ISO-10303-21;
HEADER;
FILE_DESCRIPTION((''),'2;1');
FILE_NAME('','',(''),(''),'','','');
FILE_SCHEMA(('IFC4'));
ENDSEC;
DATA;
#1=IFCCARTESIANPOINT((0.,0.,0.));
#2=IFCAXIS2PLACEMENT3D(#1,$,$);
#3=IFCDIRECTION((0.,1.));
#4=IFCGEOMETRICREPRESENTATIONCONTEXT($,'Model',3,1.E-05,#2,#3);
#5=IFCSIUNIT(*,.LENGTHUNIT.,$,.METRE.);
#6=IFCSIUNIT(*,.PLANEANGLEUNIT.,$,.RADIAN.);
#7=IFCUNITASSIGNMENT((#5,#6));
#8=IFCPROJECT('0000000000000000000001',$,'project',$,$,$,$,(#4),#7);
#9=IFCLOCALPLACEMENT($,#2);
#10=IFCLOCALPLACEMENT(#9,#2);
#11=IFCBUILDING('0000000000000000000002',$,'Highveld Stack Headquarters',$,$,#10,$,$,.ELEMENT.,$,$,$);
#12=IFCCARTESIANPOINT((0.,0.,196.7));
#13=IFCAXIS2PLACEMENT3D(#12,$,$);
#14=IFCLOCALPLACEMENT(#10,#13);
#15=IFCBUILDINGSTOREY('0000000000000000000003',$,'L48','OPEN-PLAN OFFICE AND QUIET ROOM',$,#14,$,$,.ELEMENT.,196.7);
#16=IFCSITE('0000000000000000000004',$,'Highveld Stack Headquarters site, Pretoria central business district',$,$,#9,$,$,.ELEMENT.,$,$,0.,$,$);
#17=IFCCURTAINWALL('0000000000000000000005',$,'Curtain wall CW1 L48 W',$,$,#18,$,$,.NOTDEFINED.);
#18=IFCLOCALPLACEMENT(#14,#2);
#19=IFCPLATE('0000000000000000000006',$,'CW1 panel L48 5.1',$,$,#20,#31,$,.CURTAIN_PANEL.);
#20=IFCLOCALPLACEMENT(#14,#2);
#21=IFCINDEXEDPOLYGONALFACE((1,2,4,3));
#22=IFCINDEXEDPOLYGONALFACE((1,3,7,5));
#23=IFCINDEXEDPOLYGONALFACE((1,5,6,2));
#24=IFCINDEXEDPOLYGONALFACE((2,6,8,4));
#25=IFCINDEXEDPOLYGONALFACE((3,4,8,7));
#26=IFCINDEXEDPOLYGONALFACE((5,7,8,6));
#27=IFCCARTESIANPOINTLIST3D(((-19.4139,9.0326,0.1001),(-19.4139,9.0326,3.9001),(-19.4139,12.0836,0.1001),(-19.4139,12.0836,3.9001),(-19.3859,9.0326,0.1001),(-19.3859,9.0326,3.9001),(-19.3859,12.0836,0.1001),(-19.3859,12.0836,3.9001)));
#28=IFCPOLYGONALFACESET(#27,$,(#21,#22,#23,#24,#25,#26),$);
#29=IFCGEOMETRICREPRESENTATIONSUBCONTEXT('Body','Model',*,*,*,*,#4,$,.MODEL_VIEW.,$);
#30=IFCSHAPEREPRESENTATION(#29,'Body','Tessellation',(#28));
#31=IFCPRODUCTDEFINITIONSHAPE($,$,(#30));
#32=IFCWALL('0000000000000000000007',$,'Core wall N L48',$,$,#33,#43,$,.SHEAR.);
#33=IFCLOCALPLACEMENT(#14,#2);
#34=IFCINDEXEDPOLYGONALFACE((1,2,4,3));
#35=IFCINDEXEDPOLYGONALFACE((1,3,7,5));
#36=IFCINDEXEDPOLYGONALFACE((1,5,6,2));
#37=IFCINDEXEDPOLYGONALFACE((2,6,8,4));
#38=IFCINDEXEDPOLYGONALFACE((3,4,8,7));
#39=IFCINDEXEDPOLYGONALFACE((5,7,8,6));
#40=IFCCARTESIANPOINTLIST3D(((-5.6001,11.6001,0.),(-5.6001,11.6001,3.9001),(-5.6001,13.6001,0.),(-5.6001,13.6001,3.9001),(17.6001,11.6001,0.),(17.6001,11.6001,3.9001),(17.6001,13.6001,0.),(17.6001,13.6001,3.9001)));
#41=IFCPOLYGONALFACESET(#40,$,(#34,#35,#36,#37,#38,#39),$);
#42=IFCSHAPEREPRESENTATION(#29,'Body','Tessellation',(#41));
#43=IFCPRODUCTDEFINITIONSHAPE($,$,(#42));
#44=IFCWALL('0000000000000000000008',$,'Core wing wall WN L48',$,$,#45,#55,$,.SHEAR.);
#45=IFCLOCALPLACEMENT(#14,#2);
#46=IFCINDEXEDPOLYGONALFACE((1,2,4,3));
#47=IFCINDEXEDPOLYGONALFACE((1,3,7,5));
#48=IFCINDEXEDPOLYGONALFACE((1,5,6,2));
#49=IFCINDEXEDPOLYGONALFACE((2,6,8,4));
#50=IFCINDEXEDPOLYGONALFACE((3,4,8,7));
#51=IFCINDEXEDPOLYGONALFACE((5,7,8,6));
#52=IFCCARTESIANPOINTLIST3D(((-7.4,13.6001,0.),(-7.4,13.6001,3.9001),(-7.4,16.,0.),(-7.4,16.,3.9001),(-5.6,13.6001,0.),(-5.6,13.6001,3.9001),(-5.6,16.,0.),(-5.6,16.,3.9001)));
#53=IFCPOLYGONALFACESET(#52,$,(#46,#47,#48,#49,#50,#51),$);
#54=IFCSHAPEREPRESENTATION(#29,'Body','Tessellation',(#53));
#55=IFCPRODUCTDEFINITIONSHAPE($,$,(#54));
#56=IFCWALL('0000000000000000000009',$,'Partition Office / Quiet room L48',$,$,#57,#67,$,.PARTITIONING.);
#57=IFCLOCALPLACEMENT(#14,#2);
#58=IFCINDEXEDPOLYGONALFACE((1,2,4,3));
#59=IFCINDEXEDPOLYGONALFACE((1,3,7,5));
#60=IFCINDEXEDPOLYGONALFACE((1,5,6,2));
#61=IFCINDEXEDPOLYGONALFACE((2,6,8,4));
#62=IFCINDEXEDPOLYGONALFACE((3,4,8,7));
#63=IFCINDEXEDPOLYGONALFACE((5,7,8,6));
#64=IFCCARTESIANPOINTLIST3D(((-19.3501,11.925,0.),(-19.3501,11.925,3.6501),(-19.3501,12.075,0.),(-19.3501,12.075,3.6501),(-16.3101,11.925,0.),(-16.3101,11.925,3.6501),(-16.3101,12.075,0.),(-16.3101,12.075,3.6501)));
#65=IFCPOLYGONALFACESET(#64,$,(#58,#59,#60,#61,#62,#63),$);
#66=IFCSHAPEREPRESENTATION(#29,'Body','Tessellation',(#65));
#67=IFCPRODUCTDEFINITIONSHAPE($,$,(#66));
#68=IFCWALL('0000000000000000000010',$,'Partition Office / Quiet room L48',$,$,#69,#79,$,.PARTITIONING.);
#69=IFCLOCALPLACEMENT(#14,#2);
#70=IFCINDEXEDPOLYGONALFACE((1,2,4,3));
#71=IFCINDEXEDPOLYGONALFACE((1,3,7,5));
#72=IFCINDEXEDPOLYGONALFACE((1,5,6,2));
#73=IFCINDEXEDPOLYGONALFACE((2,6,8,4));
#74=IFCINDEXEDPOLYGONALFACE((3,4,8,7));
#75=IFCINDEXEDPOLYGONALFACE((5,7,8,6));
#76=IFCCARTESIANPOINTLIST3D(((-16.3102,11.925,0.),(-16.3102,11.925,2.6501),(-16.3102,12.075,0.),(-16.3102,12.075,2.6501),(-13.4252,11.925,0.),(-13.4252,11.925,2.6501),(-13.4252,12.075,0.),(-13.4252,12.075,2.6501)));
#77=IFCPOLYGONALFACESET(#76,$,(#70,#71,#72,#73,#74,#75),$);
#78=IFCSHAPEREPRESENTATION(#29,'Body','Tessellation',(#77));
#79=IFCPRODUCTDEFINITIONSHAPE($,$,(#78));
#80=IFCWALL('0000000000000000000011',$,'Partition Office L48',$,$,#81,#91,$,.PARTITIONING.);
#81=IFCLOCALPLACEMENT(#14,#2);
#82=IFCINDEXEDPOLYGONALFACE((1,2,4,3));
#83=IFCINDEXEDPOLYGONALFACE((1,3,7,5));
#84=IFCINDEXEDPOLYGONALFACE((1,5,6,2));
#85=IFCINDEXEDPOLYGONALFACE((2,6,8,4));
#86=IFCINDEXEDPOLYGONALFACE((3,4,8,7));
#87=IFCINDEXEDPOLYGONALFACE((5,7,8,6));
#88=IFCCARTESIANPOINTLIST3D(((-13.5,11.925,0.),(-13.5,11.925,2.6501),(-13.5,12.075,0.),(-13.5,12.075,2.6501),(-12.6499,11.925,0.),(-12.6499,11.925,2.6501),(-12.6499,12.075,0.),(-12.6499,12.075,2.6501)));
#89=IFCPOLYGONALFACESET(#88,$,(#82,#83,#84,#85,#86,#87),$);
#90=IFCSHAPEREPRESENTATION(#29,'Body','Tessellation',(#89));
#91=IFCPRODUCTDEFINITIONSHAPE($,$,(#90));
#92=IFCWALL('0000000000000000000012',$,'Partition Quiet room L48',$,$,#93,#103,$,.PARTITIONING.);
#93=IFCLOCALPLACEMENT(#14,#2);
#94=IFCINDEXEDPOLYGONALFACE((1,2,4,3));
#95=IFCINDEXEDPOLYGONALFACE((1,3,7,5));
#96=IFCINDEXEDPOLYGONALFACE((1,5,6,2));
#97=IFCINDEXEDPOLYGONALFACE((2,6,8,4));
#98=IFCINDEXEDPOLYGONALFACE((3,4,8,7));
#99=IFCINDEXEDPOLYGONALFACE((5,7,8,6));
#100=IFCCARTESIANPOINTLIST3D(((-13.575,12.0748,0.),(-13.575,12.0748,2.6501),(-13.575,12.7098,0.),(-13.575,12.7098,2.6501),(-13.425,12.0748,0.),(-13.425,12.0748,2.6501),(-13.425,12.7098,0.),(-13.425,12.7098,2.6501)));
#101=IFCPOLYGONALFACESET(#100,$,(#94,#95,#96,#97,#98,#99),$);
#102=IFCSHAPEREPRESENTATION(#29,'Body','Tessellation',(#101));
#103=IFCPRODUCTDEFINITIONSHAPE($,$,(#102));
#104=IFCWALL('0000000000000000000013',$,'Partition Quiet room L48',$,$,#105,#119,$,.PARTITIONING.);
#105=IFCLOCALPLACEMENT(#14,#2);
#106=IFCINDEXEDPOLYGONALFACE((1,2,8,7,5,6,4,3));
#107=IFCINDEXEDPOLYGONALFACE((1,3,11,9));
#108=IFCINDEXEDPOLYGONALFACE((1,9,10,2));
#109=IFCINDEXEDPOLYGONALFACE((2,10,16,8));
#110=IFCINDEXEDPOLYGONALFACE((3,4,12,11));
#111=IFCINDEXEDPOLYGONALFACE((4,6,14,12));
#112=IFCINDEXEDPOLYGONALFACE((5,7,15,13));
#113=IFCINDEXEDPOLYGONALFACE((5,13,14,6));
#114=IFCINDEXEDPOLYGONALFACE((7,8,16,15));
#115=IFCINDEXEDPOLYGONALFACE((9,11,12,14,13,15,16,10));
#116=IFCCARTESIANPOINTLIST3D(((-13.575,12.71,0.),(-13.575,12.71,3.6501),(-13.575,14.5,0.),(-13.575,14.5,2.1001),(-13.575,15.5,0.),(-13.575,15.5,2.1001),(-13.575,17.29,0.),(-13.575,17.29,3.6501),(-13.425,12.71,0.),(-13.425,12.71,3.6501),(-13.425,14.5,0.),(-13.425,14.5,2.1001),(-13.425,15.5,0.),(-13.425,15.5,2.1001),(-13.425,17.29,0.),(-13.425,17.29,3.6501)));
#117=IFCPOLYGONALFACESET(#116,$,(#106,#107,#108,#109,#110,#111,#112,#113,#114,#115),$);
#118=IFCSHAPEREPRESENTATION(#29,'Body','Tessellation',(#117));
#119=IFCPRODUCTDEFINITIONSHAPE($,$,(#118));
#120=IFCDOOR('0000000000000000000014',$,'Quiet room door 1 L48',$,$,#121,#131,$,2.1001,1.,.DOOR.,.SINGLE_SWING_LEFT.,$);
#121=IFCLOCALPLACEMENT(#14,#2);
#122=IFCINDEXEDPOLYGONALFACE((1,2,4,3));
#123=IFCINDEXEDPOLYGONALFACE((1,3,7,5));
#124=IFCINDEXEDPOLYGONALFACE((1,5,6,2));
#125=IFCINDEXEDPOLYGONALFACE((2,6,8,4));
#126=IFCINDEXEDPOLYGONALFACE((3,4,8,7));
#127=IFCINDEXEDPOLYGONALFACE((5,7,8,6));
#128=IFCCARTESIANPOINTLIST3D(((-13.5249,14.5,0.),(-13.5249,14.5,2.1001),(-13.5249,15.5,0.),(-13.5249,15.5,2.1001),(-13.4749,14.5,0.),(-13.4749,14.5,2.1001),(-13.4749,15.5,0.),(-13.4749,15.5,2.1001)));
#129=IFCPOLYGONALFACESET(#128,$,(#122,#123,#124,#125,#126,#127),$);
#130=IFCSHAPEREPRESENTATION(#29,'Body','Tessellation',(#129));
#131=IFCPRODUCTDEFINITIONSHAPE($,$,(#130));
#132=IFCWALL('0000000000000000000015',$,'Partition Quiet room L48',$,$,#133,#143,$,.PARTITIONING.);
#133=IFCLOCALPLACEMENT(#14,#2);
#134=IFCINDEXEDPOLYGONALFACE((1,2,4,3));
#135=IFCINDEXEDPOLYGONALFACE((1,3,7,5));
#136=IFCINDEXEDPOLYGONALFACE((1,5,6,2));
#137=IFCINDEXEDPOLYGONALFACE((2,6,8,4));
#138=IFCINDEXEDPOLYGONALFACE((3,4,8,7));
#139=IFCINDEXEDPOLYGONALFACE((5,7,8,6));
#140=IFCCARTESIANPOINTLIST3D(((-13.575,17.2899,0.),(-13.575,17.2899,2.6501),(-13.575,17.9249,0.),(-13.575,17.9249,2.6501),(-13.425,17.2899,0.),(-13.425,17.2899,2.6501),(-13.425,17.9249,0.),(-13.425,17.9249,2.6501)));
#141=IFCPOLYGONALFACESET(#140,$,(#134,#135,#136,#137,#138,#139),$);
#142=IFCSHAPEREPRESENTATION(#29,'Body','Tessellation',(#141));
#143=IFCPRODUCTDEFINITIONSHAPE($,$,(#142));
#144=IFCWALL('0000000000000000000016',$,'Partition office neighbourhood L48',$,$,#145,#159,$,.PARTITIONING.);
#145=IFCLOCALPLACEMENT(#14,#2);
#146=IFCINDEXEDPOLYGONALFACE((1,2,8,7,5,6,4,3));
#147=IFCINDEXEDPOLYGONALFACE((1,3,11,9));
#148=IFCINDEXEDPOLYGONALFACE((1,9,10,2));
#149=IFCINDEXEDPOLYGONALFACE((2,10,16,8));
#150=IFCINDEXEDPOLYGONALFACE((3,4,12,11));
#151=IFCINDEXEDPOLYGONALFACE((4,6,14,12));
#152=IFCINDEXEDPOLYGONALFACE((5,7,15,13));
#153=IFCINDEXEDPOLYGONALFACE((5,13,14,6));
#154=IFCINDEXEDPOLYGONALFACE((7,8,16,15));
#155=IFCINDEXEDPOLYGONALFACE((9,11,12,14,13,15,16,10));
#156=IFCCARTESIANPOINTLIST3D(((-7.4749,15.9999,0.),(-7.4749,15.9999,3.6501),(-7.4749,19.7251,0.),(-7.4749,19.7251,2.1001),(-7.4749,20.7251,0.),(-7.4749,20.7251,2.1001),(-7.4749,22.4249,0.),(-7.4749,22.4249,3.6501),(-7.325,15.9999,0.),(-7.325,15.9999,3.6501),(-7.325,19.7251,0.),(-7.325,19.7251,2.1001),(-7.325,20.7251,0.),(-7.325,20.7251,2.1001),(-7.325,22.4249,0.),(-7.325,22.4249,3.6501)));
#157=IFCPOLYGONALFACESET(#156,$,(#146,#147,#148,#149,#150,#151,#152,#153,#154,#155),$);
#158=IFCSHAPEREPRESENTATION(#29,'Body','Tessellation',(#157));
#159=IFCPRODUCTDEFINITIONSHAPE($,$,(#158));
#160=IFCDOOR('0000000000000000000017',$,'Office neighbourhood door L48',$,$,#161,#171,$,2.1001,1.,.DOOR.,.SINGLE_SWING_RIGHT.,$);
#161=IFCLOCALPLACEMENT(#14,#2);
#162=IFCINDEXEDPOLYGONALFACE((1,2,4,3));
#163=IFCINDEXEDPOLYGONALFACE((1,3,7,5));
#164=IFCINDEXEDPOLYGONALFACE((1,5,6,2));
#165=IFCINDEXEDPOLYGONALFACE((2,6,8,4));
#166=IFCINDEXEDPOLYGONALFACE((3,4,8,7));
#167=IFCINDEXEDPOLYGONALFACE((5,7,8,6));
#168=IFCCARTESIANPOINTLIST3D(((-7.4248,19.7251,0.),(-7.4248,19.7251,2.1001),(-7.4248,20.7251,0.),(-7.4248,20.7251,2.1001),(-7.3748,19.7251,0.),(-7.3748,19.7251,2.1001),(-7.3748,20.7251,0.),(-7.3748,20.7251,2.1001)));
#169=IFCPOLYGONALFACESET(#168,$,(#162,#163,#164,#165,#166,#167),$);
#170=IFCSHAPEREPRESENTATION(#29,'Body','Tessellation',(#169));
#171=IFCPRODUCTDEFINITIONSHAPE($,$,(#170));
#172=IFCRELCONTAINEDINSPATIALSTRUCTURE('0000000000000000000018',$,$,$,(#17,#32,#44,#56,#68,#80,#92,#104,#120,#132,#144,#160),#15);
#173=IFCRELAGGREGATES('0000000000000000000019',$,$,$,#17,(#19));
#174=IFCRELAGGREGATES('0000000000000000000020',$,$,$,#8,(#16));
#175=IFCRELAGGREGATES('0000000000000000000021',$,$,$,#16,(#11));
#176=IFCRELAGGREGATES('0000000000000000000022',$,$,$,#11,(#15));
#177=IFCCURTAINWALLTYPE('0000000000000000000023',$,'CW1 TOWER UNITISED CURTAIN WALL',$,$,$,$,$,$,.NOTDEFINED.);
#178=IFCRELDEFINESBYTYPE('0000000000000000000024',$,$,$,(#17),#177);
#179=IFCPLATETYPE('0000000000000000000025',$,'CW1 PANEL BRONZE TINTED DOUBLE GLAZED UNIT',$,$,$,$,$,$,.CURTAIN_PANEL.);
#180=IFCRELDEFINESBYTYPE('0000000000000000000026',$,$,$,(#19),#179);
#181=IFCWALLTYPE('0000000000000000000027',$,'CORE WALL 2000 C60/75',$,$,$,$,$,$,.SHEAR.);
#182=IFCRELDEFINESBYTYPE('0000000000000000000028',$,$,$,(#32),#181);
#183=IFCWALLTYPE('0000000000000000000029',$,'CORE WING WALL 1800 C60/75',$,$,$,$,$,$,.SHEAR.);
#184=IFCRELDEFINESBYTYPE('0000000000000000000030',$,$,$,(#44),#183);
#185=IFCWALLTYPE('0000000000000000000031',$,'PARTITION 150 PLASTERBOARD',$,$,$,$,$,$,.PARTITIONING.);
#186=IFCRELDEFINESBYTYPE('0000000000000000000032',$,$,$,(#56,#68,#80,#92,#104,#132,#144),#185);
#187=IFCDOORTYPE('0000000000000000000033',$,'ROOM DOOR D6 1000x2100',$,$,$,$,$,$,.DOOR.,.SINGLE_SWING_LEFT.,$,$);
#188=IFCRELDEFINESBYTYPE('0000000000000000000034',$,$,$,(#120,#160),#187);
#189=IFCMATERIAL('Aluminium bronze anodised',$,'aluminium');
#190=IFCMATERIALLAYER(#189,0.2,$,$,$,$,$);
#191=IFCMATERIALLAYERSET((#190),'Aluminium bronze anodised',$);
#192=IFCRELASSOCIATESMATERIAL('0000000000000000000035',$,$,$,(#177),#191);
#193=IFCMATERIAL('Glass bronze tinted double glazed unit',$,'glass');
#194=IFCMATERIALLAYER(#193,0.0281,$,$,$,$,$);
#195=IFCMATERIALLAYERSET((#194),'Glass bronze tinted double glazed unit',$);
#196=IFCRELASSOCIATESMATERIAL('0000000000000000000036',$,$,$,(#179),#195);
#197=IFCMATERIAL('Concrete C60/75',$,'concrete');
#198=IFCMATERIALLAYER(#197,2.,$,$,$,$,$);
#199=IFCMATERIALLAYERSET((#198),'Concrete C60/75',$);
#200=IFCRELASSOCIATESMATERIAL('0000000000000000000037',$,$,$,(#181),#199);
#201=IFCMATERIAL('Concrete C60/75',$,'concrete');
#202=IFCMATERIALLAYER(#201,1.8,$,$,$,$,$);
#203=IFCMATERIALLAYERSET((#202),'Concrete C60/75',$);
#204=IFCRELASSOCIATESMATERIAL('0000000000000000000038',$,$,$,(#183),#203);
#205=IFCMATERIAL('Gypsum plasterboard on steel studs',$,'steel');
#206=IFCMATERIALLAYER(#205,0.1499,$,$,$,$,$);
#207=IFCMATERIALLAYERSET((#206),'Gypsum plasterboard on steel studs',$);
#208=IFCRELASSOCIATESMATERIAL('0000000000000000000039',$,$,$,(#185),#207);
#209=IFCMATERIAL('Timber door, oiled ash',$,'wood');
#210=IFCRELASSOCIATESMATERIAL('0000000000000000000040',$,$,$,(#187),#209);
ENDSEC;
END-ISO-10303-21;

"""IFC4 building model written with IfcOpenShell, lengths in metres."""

from ifc_helpers import new_model, si_unit, direction, frame, frame_2d, origin, origin_2d, place, context, subcontext, project, spatial, rectangle, extrude, material, layer, layer_set, type_object, element, fill, aggregate, save


model = new_model("IFC4")

# Units and contexts
model_context = context("Model", 3, precision=1e-05, world=origin(), true_north=direction((0.0, 1.0)))
body_context = subcontext(model_context, "Body", "Model", "MODEL_VIEW")
ifc_project = project(units=[si_unit("LENGTHUNIT", "METRE"), si_unit("PLANEANGLEUNIT", "RADIAN")], contexts=[model_context])

# Site, building, storey
site_placement = place(None, origin())
site = spatial("IfcSite", under=ifc_project, at=site_placement, Name="Highveld Stack Headquarters site, Pretoria central business district", CompositionType="ELEMENT", RefElevation=0.0)
building_placement = place(site_placement, origin())
building = spatial("IfcBuilding", under=site, at=building_placement, Name="Highveld Stack Headquarters", CompositionType="ELEMENT")
storey_placement = place(building_placement, frame((0.0, 0.0, 196.7)))
storey = spatial("IfcBuildingStorey", under=building, at=storey_placement, Name="L48", Description="OPEN-PLAN OFFICE AND QUIET ROOM", CompositionType="ELEMENT", Elevation=196.7)

# Curtain wall
ifc_material_1 = material(Name="Aluminium bronze anodised", Category="aluminium")
ifc_layer_1 = layer(ifc_material_1, 0.2)
ifc_layer_set_1 = layer_set([ifc_layer_1], Name="Aluminium bronze anodised")
curtain_wall_type = type_object("IfcCurtainWallType", Name="CW1 TOWER UNITISED CURTAIN WALL", PredefinedType="NOTDEFINED", material=ifc_layer_set_1)
curtain_wall_placement = place(storey_placement, origin())
curtain_wall = element("IfcCurtainWall", 1, at=curtain_wall_placement, inside=storey, type_object=curtain_wall_type, Name="Curtain wall CW1 L48 W", PredefinedType="NOTDEFINED")

# Plate
ifc_material_2 = material(Name="Glass bronze tinted double glazed unit", Category="glass")
ifc_layer_2 = layer(ifc_material_2, 0.0281)
ifc_layer_set_2 = layer_set([ifc_layer_2], Name="Glass bronze tinted double glazed unit")
plate_type = type_object("IfcPlateType", Name="CW1 PANEL BRONZE TINTED DOUBLE GLAZED UNIT", PredefinedType="CURTAIN_PANEL", material=ifc_layer_set_2)
plate_1_placement = place(storey_placement, frame((-19.3999, 10.5581, 0.1001), z_axis=(0.0, 0.0, 1.0), x_axis=(0.0, -1.0, 0.0)))
plate_1 = element("IfcPlate", 2, at=plate_1_placement, type_object=plate_type, Name="CW1 panel L48 5.1", PredefinedType="CURTAIN_PANEL", context=body_context, shape_type="SweptSolid", body=[
    extrude(rectangle(XDim=3.051, YDim=0.0281, at=origin_2d()), origin(), (0.0, 0.0, 1.0), 3.8),
])
aggregate(curtain_wall, [plate_1])

# Walls
ifc_material_3 = material(Name="Concrete C60/75", Category="concrete")
ifc_layer_3 = layer(ifc_material_3, 2.0)
ifc_layer_set_3 = layer_set([ifc_layer_3], Name="Concrete C60/75")
wall_type_1 = type_object("IfcWallType", Name="CORE WALL 2000 C60/75", PredefinedType="SHEAR", material=ifc_layer_set_3)
wall_1_placement = place(storey_placement, frame((-5.6001, 12.6001, 0.0), z_axis=(0.0, 0.0, 1.0), x_axis=(1.0, 0.0, 0.0)))
element("IfcWall", 3, at=wall_1_placement, inside=storey, type_object=wall_type_1, Name="Core wall N L48", PredefinedType="SHEAR", context=body_context, shape_type="SweptSolid", body=[
    extrude(rectangle(XDim=23.2002, YDim=2.0, at=frame_2d((11.6001, 0.0))), origin(), (0.0, 0.0, 1.0), 3.9001),
])
ifc_material_4 = material(Name="Concrete C60/75", Category="concrete")
ifc_layer_4 = layer(ifc_material_4, 1.8)
ifc_layer_set_4 = layer_set([ifc_layer_4], Name="Concrete C60/75")
wall_type_2 = type_object("IfcWallType", Name="CORE WING WALL 1800 C60/75", PredefinedType="SHEAR", material=ifc_layer_set_4)
wall_2_placement = place(storey_placement, frame((-6.5, 13.6001, 0.0), z_axis=(0.0, 0.0, 1.0), x_axis=(0.0, 1.0, 0.0)))
element("IfcWall", 4, at=wall_2_placement, inside=storey, type_object=wall_type_2, Name="Core wing wall WN L48", PredefinedType="SHEAR", context=body_context, shape_type="SweptSolid", body=[
    extrude(rectangle(XDim=2.3999, YDim=1.8, at=frame_2d((1.2, 0.0))), origin(), (0.0, 0.0, 1.0), 3.9001),
])
ifc_material_5 = material(Name="Gypsum plasterboard on steel studs", Category="steel")
ifc_layer_5 = layer(ifc_material_5, 0.1499)
ifc_layer_set_5 = layer_set([ifc_layer_5], Name="Gypsum plasterboard on steel studs")
wall_type_3 = type_object("IfcWallType", Name="PARTITION 150 PLASTERBOARD", PredefinedType="PARTITIONING", material=ifc_layer_set_5)
wall_3_placement = place(storey_placement, frame((-19.3501, 12.0, 0.0), z_axis=(0.0, 0.0, 1.0), x_axis=(1.0, 0.0, 0.0)))
element("IfcWall", 5, at=wall_3_placement, inside=storey, type_object=wall_type_3, Name="Partition Office / Quiet room L48", PredefinedType="PARTITIONING", context=body_context, shape_type="SweptSolid", body=[
    extrude(rectangle(XDim=3.04, YDim=0.1499, at=frame_2d((1.52, 0.0))), origin(), (0.0, 0.0, 1.0), 3.6501),
])
wall_4_placement = place(storey_placement, frame((-16.3101, 12.0, 0.0), z_axis=(0.0, 0.0, 1.0), x_axis=(1.0, 0.0, 0.0)))
element("IfcWall", 6, at=wall_4_placement, inside=storey, type_object=wall_type_3, Name="Partition Office / Quiet room L48", PredefinedType="PARTITIONING", context=body_context, shape_type="SweptSolid", body=[
    extrude(rectangle(XDim=2.885, YDim=0.1499, at=frame_2d((1.4424, 0.0))), origin(), (0.0, 0.0, 1.0), 2.6501),
])
wall_5_placement = place(storey_placement, frame((-13.5, 12.0, 0.0), z_axis=(0.0, 0.0, 1.0), x_axis=(1.0, 0.0, 0.0)))
element("IfcWall", 7, at=wall_5_placement, inside=storey, type_object=wall_type_3, Name="Partition Office L48", PredefinedType="PARTITIONING", context=body_context, shape_type="SweptSolid", body=[
    extrude(rectangle(XDim=0.8501, YDim=0.1499, at=frame_2d((0.425, 0.0))), origin(), (0.0, 0.0, 1.0), 2.6501),
])
wall_6_placement = place(storey_placement, frame((-13.5, 12.075, 0.0), z_axis=(0.0, 0.0, 1.0), x_axis=(0.0, 1.0, 0.0)))
element("IfcWall", 8, at=wall_6_placement, inside=storey, type_object=wall_type_3, Name="Partition Quiet room L48", PredefinedType="PARTITIONING", context=body_context, shape_type="SweptSolid", body=[
    extrude(rectangle(XDim=0.635, YDim=0.1499, at=frame_2d((0.3174, 0.0))), origin(), (0.0, 0.0, 1.0), 2.6501),
])

# Wall, opening, door
wall_7_placement = place(storey_placement, frame((-13.5, 12.71, 0.0), z_axis=(0.0, 0.0, 1.0), x_axis=(0.0, 1.0, 0.0)))
wall_7 = element("IfcWall", 9, at=wall_7_placement, inside=storey, type_object=wall_type_3, Name="Partition Quiet room L48", PredefinedType="PARTITIONING", context=body_context, shape_type="SweptSolid", body=[
    extrude(rectangle(XDim=4.5801, YDim=0.1499, at=frame_2d((2.29, 0.0))), origin(), (0.0, 0.0, 1.0), 3.6501),
])
opening_1_placement = place(wall_7_placement, frame((1.79, 0.0, 0.0)))
opening_1 = element("IfcOpeningElement", 10, at=opening_1_placement, cuts=wall_7, PredefinedType="OPENING", context=body_context, shape_type="SweptSolid", body=[
    extrude(rectangle(XDim=1.0, YDim=2.1001, at=frame_2d((0.5, 1.05))), frame((0.0, 0.085, 0.0), z_axis=(0.0, -1.0, 0.0), x_axis=(1.0, 0.0, 0.0)), (0.0, 0.0, 1.0), 0.1699),
])
ifc_material_6 = material(Name="Timber door, oiled ash", Category="wood")
door_type = type_object("IfcDoorType", Name="ROOM DOOR D6 1000x2100", OperationType="SINGLE_SWING_LEFT", PredefinedType="DOOR", material=ifc_material_6)
door_1_placement = place(opening_1_placement, origin())
door_1 = element("IfcDoor", 11, at=door_1_placement, inside=storey, type_object=door_type, Name="Quiet room door 1 L48", OperationType="SINGLE_SWING_LEFT", OverallHeight=2.1001, OverallWidth=1.0, PredefinedType="DOOR", context=body_context, shape_type="SweptSolid", body=[
    extrude(rectangle(XDim=1.0, YDim=2.1001, at=frame_2d((0.5, 1.05))), frame((0.0, 0.0249, 0.0), z_axis=(0.0, -1.0, 0.0), x_axis=(1.0, 0.0, 0.0)), (0.0, 0.0, 1.0), 0.05),
])
fill(opening_1, door_1)

# Wall
wall_8_placement = place(storey_placement, frame((-13.5, 17.29, 0.0), z_axis=(0.0, 0.0, 1.0), x_axis=(0.0, 1.0, 0.0)))
element("IfcWall", 12, at=wall_8_placement, inside=storey, type_object=wall_type_3, Name="Partition Quiet room L48", PredefinedType="PARTITIONING", context=body_context, shape_type="SweptSolid", body=[
    extrude(rectangle(XDim=0.635, YDim=0.1499, at=frame_2d((0.3174, 0.0))), origin(), (0.0, 0.0, 1.0), 2.6501),
])

# Wall, opening, door
wall_9_placement = place(storey_placement, frame((-7.3999, 16.0, 0.0), z_axis=(0.0, 0.0, 1.0), x_axis=(0.0, 1.0, 0.0)))
wall_9 = element("IfcWall", 13, at=wall_9_placement, inside=storey, type_object=wall_type_3, Name="Partition office neighbourhood L48", PredefinedType="PARTITIONING", context=body_context, shape_type="SweptSolid", body=[
    extrude(rectangle(XDim=6.425, YDim=0.1499, at=frame_2d((3.2124, 0.0))), origin(), (0.0, 0.0, 1.0), 3.6501),
])
opening_2_placement = place(wall_9_placement, frame((3.7251, 0.0, 0.0)))
opening_2 = element("IfcOpeningElement", 14, at=opening_2_placement, cuts=wall_9, PredefinedType="OPENING", context=body_context, shape_type="SweptSolid", body=[
    extrude(rectangle(XDim=1.0, YDim=2.1001, at=frame_2d((0.5, 1.05))), frame((0.0, 0.085, 0.0), z_axis=(0.0, -1.0, 0.0), x_axis=(1.0, 0.0, 0.0)), (0.0, 0.0, 1.0), 0.1699),
])
door_2_placement = place(opening_2_placement, origin())
door_2 = element("IfcDoor", 15, at=door_2_placement, inside=storey, type_object=door_type, Name="Office neighbourhood door L48", OperationType="SINGLE_SWING_RIGHT", OverallHeight=2.1001, OverallWidth=1.0, PredefinedType="DOOR", context=body_context, shape_type="SweptSolid", body=[
    extrude(rectangle(XDim=1.0, YDim=2.1001, at=frame_2d((0.5, 1.05))), frame((0.0, 0.0249, 0.0), z_axis=(0.0, -1.0, 0.0), x_axis=(1.0, 0.0, 0.0)), (0.0, 0.0, 1.0), 0.05),
])
fill(opening_2, door_2)

save(model, "model.ifc")
